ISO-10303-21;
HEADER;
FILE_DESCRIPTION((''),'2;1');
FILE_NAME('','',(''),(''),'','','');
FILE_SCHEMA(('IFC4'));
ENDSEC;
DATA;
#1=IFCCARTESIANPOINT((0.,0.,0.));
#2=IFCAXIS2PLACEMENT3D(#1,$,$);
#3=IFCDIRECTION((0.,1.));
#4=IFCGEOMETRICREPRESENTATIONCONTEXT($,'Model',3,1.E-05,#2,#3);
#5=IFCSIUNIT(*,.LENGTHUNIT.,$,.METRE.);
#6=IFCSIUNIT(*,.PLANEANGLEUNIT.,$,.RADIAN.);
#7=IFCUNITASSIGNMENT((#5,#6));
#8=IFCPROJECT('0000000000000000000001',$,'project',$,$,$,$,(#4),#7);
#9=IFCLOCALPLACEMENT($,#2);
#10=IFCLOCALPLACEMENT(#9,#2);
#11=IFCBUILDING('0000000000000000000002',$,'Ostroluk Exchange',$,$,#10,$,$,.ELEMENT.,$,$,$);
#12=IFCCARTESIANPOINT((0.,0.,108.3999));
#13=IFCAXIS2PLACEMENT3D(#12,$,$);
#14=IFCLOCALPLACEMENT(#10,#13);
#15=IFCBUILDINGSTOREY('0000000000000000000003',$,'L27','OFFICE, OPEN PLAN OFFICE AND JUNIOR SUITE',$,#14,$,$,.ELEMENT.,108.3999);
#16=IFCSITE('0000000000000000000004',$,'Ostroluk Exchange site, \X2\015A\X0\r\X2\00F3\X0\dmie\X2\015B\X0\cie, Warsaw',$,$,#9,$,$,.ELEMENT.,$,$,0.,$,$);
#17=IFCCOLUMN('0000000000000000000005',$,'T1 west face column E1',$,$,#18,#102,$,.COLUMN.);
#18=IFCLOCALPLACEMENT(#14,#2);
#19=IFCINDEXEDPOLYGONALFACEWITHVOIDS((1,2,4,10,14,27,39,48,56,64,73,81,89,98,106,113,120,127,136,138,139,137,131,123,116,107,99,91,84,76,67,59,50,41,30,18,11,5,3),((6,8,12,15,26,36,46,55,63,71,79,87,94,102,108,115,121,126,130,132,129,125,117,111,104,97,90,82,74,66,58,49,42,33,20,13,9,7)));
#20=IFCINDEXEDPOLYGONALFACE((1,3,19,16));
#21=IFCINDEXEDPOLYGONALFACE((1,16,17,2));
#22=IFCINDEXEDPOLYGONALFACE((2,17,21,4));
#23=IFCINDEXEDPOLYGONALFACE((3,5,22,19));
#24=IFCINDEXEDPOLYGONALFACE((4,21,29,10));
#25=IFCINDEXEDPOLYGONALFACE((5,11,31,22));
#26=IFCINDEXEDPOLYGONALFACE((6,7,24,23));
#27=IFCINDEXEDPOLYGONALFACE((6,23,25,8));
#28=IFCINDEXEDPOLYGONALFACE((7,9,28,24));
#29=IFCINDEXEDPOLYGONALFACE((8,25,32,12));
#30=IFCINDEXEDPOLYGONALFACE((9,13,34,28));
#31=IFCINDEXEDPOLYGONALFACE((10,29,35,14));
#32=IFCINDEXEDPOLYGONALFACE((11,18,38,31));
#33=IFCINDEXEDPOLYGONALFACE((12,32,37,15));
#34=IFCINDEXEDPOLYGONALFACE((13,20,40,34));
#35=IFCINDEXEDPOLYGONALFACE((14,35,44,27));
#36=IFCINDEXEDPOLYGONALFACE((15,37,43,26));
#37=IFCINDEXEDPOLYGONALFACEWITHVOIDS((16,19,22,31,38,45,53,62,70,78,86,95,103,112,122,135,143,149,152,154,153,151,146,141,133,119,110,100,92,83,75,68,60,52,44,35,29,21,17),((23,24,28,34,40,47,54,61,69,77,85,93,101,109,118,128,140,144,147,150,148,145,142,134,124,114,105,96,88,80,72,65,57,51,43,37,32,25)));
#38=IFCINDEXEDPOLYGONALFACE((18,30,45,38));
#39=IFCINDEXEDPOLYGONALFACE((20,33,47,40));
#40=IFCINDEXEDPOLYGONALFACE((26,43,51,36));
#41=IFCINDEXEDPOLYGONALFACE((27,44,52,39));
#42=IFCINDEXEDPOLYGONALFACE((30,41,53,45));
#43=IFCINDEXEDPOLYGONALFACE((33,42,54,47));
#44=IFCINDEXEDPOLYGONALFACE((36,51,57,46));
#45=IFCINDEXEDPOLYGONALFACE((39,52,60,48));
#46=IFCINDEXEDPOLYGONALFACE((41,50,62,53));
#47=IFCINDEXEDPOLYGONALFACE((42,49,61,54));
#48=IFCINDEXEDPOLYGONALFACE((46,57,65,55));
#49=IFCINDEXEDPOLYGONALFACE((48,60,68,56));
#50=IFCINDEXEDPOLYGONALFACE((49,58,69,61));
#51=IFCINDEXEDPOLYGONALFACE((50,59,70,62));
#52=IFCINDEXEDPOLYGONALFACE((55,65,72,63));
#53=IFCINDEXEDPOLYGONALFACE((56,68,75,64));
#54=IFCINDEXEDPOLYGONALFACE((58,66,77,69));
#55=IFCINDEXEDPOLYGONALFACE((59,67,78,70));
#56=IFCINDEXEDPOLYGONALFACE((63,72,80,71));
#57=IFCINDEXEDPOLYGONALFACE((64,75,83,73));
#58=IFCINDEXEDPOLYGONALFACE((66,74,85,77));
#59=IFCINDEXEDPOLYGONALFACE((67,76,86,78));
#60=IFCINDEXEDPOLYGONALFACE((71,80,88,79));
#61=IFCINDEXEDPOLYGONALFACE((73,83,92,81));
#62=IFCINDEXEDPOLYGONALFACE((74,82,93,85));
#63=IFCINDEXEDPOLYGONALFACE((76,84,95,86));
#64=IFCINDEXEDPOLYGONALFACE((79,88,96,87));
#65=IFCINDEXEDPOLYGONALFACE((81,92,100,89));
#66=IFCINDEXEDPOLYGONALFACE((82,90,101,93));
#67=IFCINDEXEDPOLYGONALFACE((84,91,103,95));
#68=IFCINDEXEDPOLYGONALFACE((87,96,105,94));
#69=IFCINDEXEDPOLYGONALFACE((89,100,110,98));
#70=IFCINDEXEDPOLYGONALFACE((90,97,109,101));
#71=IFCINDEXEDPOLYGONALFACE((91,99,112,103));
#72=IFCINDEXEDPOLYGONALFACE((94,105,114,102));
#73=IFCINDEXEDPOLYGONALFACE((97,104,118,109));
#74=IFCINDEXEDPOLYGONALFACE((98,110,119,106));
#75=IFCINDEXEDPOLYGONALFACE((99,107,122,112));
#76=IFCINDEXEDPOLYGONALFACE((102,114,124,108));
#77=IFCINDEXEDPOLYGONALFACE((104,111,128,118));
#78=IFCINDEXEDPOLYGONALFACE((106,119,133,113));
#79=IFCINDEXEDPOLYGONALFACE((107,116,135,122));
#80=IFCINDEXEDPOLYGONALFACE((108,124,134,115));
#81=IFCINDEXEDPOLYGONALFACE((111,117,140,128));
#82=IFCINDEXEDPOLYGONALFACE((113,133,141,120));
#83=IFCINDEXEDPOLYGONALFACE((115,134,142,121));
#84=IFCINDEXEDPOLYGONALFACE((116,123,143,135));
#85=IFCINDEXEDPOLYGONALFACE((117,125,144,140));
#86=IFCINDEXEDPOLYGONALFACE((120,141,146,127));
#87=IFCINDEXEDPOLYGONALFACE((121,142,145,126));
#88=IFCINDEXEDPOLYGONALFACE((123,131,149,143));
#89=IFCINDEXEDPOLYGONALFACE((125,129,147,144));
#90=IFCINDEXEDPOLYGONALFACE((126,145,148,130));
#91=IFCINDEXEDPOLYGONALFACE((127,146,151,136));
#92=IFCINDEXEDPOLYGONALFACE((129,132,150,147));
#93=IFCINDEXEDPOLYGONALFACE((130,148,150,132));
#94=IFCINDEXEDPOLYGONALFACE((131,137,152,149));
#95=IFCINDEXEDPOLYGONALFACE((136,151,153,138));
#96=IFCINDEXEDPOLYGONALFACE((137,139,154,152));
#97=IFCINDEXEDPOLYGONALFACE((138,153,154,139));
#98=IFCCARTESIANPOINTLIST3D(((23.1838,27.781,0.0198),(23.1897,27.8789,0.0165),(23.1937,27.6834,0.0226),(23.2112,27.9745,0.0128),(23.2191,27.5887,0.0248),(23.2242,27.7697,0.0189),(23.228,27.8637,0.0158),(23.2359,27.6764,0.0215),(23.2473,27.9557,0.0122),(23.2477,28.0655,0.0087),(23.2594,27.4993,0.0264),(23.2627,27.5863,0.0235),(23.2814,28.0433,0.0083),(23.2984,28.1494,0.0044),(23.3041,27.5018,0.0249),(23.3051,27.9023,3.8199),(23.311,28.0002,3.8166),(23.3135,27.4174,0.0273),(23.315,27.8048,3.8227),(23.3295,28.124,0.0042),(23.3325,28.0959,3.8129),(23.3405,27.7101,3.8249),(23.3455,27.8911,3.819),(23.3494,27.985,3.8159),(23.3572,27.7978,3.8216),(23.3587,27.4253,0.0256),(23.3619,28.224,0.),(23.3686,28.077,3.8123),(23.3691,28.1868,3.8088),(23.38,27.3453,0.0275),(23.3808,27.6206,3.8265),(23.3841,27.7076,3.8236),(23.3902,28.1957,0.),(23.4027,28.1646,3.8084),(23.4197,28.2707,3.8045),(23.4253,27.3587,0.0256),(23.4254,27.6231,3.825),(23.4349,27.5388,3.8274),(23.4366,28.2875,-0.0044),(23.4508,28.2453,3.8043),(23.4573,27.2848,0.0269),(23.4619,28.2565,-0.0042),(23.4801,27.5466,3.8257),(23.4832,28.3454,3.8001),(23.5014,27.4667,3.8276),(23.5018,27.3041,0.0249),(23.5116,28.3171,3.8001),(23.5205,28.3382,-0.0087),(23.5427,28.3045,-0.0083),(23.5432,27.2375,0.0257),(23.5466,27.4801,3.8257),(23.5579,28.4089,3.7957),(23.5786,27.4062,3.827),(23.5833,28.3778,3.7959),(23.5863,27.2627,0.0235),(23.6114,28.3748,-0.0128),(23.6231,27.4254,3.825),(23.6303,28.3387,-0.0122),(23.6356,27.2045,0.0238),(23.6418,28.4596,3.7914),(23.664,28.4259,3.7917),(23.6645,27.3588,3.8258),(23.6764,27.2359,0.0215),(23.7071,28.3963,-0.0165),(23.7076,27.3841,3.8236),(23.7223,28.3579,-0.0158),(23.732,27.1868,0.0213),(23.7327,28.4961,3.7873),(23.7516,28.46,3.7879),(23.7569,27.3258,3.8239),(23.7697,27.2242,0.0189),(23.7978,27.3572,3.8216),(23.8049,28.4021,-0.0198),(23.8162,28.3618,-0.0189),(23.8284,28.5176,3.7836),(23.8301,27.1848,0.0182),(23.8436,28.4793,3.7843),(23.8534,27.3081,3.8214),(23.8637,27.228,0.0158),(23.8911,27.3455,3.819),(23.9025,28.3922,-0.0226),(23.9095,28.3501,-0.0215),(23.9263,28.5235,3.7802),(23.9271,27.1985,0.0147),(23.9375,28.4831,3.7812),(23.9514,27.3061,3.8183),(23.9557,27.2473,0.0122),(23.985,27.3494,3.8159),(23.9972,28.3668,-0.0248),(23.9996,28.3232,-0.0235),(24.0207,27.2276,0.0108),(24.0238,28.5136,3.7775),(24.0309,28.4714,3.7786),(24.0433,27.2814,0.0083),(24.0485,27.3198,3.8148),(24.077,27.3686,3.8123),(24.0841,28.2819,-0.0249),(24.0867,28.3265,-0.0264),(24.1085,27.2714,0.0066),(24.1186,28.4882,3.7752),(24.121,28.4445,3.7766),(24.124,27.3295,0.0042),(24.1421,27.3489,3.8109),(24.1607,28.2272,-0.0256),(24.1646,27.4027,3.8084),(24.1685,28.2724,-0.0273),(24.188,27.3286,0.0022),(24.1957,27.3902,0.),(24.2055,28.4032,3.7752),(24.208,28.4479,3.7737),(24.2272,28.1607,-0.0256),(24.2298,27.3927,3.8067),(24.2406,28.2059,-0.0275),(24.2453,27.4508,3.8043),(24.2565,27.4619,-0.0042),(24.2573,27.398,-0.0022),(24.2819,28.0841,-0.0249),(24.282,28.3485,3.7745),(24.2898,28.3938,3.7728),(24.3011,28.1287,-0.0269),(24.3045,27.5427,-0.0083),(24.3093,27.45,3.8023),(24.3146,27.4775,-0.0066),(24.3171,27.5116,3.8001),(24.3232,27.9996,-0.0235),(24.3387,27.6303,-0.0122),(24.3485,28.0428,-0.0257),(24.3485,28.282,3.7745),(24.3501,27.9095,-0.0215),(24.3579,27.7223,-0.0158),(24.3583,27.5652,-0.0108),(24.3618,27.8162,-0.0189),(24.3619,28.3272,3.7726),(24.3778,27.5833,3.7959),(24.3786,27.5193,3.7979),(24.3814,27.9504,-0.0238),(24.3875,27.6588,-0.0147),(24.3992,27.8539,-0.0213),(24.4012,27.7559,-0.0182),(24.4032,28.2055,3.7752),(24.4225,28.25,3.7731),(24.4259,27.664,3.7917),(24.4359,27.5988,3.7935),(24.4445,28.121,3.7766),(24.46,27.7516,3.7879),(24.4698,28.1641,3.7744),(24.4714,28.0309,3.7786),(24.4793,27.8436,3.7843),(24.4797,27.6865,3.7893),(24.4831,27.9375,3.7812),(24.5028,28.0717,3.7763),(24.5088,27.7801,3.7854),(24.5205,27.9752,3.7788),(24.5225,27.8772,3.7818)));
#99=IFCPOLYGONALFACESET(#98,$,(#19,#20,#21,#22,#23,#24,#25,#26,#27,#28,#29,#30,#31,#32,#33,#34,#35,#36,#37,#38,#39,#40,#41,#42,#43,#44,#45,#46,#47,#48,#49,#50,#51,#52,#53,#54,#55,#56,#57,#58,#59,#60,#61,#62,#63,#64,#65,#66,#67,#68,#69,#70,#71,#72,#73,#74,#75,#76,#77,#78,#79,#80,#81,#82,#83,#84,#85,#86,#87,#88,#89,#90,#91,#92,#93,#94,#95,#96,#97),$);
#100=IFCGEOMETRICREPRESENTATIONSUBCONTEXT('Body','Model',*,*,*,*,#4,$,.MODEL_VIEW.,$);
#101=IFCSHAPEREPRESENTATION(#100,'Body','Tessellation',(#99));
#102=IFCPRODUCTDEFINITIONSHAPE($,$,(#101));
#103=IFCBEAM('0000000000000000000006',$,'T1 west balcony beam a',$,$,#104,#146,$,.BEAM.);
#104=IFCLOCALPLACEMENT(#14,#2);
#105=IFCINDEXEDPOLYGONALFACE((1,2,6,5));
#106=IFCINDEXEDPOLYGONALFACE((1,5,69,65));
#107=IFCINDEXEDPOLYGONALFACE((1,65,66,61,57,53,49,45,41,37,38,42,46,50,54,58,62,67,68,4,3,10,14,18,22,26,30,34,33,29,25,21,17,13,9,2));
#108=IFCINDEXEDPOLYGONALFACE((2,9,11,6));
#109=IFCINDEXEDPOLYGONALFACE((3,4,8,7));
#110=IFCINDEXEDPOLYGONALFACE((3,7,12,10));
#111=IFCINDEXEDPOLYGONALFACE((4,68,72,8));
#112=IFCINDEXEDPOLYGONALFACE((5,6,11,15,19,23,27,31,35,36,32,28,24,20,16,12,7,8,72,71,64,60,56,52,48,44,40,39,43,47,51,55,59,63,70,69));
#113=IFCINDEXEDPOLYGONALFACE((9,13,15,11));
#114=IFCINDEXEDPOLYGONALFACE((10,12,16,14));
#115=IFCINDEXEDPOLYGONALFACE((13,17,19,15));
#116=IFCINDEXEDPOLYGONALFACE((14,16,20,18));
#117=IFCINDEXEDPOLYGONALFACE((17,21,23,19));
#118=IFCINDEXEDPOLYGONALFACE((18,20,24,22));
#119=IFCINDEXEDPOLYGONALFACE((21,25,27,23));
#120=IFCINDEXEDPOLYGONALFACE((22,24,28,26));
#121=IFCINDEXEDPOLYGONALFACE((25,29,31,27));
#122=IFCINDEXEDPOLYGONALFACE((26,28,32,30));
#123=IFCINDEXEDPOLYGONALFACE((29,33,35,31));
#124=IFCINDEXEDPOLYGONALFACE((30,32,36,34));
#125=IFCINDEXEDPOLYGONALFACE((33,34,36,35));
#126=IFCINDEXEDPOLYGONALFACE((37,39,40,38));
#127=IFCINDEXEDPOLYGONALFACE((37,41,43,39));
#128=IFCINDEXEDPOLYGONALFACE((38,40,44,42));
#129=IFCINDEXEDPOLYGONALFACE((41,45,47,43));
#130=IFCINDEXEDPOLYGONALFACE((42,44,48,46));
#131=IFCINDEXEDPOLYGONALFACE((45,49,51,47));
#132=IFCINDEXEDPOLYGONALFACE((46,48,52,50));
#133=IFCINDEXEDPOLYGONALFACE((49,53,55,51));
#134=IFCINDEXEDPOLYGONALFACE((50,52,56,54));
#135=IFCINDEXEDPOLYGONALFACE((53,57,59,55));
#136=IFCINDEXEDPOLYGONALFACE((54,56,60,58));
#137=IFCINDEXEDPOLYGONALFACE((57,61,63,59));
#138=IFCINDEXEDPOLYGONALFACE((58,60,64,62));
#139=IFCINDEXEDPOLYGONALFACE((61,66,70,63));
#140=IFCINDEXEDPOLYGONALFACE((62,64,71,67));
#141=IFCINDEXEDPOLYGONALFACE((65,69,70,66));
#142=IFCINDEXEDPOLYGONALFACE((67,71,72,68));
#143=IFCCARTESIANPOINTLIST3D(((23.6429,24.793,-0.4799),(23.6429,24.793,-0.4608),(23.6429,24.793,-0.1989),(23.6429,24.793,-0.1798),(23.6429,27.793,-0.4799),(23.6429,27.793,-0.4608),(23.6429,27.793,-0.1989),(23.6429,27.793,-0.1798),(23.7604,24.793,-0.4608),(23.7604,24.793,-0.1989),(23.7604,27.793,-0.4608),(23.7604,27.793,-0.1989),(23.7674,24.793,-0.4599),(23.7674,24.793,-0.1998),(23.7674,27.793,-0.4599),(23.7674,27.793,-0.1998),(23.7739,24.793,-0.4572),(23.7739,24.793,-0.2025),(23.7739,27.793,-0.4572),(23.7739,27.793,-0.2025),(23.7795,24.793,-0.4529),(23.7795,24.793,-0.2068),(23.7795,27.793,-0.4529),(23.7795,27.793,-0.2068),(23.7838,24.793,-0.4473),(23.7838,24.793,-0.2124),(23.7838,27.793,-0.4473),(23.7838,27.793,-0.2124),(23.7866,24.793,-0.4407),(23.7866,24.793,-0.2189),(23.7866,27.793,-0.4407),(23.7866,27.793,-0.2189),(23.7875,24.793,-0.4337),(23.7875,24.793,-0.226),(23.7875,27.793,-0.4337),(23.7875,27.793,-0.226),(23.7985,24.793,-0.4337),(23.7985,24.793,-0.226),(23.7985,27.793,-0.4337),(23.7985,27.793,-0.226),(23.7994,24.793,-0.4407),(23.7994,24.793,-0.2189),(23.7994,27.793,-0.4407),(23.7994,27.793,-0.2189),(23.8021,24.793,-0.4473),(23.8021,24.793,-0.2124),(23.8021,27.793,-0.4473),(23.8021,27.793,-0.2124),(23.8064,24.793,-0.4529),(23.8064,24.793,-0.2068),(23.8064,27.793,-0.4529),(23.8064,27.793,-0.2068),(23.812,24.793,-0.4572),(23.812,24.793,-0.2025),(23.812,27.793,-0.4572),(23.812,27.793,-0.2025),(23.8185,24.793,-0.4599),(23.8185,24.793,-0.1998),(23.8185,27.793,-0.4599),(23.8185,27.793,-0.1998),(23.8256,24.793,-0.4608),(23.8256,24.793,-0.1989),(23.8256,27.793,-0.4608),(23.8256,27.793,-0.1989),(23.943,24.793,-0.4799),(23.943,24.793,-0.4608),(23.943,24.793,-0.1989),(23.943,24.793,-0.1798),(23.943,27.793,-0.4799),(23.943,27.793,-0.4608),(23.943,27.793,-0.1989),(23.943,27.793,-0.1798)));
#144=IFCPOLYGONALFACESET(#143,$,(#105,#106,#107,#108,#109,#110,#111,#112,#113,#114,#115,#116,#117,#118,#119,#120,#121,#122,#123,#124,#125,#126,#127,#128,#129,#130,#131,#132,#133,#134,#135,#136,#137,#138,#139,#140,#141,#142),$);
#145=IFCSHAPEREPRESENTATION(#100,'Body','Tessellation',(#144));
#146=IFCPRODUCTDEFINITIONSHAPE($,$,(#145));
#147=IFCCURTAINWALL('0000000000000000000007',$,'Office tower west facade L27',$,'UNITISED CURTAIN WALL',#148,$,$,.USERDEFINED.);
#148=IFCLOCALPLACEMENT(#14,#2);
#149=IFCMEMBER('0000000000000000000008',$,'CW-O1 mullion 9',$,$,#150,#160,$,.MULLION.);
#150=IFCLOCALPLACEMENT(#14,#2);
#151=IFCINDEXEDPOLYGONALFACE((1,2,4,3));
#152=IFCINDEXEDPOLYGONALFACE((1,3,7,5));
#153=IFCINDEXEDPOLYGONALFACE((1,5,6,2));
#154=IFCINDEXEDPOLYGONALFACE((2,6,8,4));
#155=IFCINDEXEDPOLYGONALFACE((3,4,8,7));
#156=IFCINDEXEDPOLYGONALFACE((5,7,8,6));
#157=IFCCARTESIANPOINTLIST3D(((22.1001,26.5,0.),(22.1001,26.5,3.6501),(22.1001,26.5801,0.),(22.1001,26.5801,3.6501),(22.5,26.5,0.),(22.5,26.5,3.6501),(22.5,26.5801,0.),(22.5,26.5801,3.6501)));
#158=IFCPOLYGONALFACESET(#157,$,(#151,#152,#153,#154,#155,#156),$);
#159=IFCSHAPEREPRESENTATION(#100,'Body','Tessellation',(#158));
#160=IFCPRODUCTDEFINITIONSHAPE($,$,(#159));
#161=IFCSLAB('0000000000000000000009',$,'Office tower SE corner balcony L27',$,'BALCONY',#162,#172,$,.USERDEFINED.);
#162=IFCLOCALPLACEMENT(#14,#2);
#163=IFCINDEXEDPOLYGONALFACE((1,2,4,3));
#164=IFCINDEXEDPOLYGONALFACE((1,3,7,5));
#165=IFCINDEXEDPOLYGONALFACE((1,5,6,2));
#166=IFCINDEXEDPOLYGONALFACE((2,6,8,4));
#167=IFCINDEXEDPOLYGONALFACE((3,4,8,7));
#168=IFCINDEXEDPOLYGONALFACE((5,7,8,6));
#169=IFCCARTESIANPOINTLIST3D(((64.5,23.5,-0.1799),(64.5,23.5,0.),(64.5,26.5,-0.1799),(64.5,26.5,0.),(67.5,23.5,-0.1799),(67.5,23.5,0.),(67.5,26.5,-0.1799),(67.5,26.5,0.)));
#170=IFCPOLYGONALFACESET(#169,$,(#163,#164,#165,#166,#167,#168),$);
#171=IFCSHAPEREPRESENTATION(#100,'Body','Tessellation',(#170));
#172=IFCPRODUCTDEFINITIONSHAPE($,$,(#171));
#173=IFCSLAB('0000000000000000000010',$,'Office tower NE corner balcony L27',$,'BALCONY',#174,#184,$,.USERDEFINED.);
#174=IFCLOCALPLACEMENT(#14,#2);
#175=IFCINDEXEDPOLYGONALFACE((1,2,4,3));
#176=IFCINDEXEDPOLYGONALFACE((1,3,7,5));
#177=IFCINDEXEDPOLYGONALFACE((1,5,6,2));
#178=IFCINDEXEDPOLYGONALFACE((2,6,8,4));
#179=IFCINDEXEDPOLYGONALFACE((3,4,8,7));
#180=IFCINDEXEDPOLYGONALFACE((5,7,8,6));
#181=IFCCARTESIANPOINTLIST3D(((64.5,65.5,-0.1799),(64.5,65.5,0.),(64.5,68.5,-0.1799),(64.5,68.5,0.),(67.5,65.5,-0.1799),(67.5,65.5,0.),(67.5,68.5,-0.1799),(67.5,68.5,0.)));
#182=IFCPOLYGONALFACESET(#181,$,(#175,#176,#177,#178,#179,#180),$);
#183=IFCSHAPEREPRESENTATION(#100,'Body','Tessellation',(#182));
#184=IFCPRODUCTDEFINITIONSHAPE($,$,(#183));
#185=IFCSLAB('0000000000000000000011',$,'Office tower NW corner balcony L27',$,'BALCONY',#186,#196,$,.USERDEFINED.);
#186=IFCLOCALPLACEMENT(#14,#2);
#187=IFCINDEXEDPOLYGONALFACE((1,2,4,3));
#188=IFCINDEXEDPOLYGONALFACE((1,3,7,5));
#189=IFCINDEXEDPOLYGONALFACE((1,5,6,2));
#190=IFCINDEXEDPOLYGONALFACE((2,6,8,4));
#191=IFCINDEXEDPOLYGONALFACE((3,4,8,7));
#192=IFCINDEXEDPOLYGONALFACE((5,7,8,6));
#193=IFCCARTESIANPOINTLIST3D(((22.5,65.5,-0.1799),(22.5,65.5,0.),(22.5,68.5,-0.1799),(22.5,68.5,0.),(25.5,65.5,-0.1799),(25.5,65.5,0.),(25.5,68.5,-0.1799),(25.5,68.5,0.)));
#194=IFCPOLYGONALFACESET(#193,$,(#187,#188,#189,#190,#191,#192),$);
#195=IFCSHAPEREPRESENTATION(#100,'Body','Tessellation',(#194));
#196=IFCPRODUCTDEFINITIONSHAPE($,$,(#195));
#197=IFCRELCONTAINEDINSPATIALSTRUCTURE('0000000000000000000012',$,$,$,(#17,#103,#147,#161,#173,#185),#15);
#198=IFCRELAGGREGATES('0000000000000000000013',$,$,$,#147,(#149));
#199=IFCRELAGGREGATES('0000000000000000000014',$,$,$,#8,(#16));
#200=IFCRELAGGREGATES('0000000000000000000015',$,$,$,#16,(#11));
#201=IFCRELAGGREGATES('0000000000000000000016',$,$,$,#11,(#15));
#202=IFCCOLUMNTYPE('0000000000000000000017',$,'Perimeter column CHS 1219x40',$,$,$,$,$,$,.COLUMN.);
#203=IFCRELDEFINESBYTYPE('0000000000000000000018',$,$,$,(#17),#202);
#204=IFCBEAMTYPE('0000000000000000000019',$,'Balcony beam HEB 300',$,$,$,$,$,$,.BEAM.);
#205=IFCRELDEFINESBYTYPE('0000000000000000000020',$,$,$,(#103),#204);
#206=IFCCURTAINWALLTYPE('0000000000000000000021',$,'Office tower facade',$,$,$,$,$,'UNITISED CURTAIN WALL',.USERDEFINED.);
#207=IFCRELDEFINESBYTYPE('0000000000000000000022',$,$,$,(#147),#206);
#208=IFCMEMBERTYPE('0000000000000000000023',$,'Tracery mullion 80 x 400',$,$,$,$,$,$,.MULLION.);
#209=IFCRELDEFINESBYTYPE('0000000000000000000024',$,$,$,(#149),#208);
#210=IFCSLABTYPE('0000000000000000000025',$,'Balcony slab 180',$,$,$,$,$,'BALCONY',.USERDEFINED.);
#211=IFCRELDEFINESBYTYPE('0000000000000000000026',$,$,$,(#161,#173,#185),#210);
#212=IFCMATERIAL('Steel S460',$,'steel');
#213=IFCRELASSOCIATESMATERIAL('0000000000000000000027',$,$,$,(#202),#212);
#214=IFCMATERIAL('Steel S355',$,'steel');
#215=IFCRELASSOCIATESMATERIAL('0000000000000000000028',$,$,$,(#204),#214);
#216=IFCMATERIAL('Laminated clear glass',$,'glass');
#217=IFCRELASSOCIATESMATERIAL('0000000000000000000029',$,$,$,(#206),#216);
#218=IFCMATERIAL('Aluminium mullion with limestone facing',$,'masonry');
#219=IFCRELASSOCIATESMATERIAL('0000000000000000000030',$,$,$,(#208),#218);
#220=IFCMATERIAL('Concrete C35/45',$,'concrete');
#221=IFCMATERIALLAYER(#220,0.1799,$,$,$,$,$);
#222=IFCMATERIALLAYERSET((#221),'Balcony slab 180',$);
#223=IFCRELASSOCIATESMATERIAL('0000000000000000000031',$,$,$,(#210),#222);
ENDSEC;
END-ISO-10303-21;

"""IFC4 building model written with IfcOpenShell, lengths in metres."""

from ifc_helpers import new_model, si_unit, direction, frame, origin, origin_2d, place, context, subcontext, project, spatial, polyline, rectangle, hollow_circle, i_section, outline, extrude, material, layer, layer_set, material_profile, profile_set, type_object, element, aggregate, save


model = new_model("IFC4")

# Units and contexts
model_context = context("Model", 3, precision=1e-05, world=origin(), true_north=direction((0.0, 1.0)))
body_context = subcontext(model_context, "Body", "Model", "MODEL_VIEW")
ifc_project = project(units=[si_unit("LENGTHUNIT", "METRE"), si_unit("PLANEANGLEUNIT", "RADIAN")], contexts=[model_context])

# Site, building, storey
site_placement = place(None, origin())
site = spatial("IfcSite", under=ifc_project, at=site_placement, Name="Ostroluk Exchange site, Śródmieście, Warsaw", CompositionType="ELEMENT", RefElevation=0.0)
building_placement = place(site_placement, origin())
building = spatial("IfcBuilding", under=site, at=building_placement, Name="Ostroluk Exchange", CompositionType="ELEMENT")
storey_placement = place(building_placement, frame((0.0, 0.0, 108.3999)))
storey = spatial("IfcBuildingStorey", under=building, at=storey_placement, Name="L27", Description="OFFICE, OPEN PLAN OFFICE AND JUNIOR SUITE", CompositionType="ELEMENT", Elevation=108.3999)

# Column
ifc_material_1 = material(Name="Steel S460", Category="steel")
ifc_material_profile_1 = material_profile(ifc_material_1, hollow_circle(Radius=0.6096, WallThickness=0.04, at=origin_2d()), Name="CHS 1219x40")
ifc_profile_set_1 = profile_set([ifc_material_profile_1], Name="Steel S460")
column_type = type_object("IfcColumnType", Name="Perimeter column CHS 1219x40", PredefinedType="COLUMN", material=ifc_profile_set_1)
column_placement = place(storey_placement, frame((23.793, 27.793, 0.0), z_axis=(0.031898, 0.031898, 0.998982), x_axis=(-0.707107, 0.707107, 0.0)))
element("IfcColumn", 1, at=column_placement, inside=storey, type_object=column_type, Name="T1 west face column E1", PredefinedType="COLUMN", context=body_context, shape_type="SweptSolid", body=[
    extrude(hollow_circle(Radius=0.6096, WallThickness=0.04, at=origin_2d()), origin(), (0.0, 0.0, 1.0), 3.804),
])

# Beam
ifc_material_2 = material(Name="Steel S355", Category="steel")
ifc_material_profile_2 = material_profile(ifc_material_2, i_section(OverallWidth=0.3, OverallDepth=0.3, WebThickness=0.011, FlangeThickness=0.019, FilletRadius=0.0271, at=origin_2d()), Name="HEB 300")
ifc_profile_set_2 = profile_set([ifc_material_profile_2], Name="Steel S355")
beam_type = type_object("IfcBeamType", Name="Balcony beam HEB 300", PredefinedType="BEAM", material=ifc_profile_set_2)
beam_placement = place(storey_placement, frame((23.793, 27.793, -0.3298), z_axis=(0.0, -1.0, 0.0), x_axis=(1.0, 0.0, 0.0)))
element("IfcBeam", 2, at=beam_placement, inside=storey, type_object=beam_type, Name="T1 west balcony beam a", PredefinedType="BEAM", context=body_context, shape_type="SweptSolid", body=[
    extrude(i_section(OverallWidth=0.3, OverallDepth=0.3, WebThickness=0.011, FlangeThickness=0.019, FilletRadius=0.0271, at=origin_2d()), origin(), (0.0, 0.0, 1.0), 3.0),
])

# Curtain wall, member
ifc_material_3 = material(Name="Laminated clear glass", Category="glass")
curtain_wall_type = type_object("IfcCurtainWallType", Name="Office tower facade", ElementType="UNITISED CURTAIN WALL", PredefinedType="USERDEFINED", material=ifc_material_3)
curtain_wall_placement = place(storey_placement, origin())
curtain_wall = element("IfcCurtainWall", 3, at=curtain_wall_placement, inside=storey, type_object=curtain_wall_type, Name="Office tower west facade L27", ObjectType="UNITISED CURTAIN WALL", PredefinedType="USERDEFINED")
ifc_material_4 = material(Name="Aluminium mullion with limestone facing", Category="masonry")
ifc_material_profile_3 = material_profile(ifc_material_4, rectangle(XDim=0.3999, YDim=0.0801, at=origin_2d()), Name="Tracery mullion 80 x 400")
ifc_profile_set_3 = profile_set([ifc_material_profile_3], Name="Aluminium mullion with limestone facing")
member_type = type_object("IfcMemberType", Name="Tracery mullion 80 x 400", PredefinedType="MULLION", material=ifc_profile_set_3)
member_placement = place(storey_placement, frame((22.3, 26.54, 0.0), z_axis=(0.0, 0.0, 1.0), x_axis=(1.0, 0.0, 0.0)))
member = element("IfcMember", 4, at=member_placement, type_object=member_type, Name="CW-O1 mullion 9", PredefinedType="MULLION", context=body_context, shape_type="SweptSolid", body=[
    extrude(rectangle(XDim=0.3999, YDim=0.0801, at=origin_2d()), origin(), (0.0, 0.0, 1.0), 3.6501),
])
aggregate(curtain_wall, [member])

# Slabs
ifc_material_5 = material(Name="Concrete C35/45", Category="concrete")
ifc_layer_1 = layer(ifc_material_5, 0.1799)
ifc_layer_set_1 = layer_set([ifc_layer_1], Name="Balcony slab 180")
slab_type_1 = type_object("IfcSlabType", Name="Balcony slab 180", ElementType="BALCONY", PredefinedType="USERDEFINED", material=ifc_layer_set_1)
slab_1_placement = place(storey_placement, frame((0.0, 0.0, -0.1799)))
element("IfcSlab", 5, at=slab_1_placement, inside=storey, type_object=slab_type_1, Name="Office tower SE corner balcony L27", ObjectType="BALCONY", PredefinedType="USERDEFINED", context=body_context, shape_type="SweptSolid", body=[
    extrude(outline(polyline([(64.5, 23.5), (67.5, 23.5), (67.5, 26.5), (64.5, 26.5), (64.5, 23.5)])), origin(), (0.0, 0.0, 1.0), 0.1799),
])
slab_2_placement = place(storey_placement, frame((0.0, 0.0, -0.1799)))
element("IfcSlab", 6, at=slab_2_placement, inside=storey, type_object=slab_type_1, Name="Office tower NE corner balcony L27", ObjectType="BALCONY", PredefinedType="USERDEFINED", context=body_context, shape_type="SweptSolid", body=[
    extrude(outline(polyline([(64.5, 65.5), (67.5, 65.5), (67.5, 68.5), (64.5, 68.5), (64.5, 65.5)])), origin(), (0.0, 0.0, 1.0), 0.1799),
])
slab_3_placement = place(storey_placement, frame((0.0, 0.0, -0.1799)))
element("IfcSlab", 7, at=slab_3_placement, inside=storey, type_object=slab_type_1, Name="Office tower NW corner balcony L27", ObjectType="BALCONY", PredefinedType="USERDEFINED", context=body_context, shape_type="SweptSolid", body=[
    extrude(outline(polyline([(22.5, 65.5), (25.5, 65.5), (25.5, 68.5), (22.5, 68.5), (22.5, 65.5)])), origin(), (0.0, 0.0, 1.0), 0.1799),
])

save(model, "model.ifc")
